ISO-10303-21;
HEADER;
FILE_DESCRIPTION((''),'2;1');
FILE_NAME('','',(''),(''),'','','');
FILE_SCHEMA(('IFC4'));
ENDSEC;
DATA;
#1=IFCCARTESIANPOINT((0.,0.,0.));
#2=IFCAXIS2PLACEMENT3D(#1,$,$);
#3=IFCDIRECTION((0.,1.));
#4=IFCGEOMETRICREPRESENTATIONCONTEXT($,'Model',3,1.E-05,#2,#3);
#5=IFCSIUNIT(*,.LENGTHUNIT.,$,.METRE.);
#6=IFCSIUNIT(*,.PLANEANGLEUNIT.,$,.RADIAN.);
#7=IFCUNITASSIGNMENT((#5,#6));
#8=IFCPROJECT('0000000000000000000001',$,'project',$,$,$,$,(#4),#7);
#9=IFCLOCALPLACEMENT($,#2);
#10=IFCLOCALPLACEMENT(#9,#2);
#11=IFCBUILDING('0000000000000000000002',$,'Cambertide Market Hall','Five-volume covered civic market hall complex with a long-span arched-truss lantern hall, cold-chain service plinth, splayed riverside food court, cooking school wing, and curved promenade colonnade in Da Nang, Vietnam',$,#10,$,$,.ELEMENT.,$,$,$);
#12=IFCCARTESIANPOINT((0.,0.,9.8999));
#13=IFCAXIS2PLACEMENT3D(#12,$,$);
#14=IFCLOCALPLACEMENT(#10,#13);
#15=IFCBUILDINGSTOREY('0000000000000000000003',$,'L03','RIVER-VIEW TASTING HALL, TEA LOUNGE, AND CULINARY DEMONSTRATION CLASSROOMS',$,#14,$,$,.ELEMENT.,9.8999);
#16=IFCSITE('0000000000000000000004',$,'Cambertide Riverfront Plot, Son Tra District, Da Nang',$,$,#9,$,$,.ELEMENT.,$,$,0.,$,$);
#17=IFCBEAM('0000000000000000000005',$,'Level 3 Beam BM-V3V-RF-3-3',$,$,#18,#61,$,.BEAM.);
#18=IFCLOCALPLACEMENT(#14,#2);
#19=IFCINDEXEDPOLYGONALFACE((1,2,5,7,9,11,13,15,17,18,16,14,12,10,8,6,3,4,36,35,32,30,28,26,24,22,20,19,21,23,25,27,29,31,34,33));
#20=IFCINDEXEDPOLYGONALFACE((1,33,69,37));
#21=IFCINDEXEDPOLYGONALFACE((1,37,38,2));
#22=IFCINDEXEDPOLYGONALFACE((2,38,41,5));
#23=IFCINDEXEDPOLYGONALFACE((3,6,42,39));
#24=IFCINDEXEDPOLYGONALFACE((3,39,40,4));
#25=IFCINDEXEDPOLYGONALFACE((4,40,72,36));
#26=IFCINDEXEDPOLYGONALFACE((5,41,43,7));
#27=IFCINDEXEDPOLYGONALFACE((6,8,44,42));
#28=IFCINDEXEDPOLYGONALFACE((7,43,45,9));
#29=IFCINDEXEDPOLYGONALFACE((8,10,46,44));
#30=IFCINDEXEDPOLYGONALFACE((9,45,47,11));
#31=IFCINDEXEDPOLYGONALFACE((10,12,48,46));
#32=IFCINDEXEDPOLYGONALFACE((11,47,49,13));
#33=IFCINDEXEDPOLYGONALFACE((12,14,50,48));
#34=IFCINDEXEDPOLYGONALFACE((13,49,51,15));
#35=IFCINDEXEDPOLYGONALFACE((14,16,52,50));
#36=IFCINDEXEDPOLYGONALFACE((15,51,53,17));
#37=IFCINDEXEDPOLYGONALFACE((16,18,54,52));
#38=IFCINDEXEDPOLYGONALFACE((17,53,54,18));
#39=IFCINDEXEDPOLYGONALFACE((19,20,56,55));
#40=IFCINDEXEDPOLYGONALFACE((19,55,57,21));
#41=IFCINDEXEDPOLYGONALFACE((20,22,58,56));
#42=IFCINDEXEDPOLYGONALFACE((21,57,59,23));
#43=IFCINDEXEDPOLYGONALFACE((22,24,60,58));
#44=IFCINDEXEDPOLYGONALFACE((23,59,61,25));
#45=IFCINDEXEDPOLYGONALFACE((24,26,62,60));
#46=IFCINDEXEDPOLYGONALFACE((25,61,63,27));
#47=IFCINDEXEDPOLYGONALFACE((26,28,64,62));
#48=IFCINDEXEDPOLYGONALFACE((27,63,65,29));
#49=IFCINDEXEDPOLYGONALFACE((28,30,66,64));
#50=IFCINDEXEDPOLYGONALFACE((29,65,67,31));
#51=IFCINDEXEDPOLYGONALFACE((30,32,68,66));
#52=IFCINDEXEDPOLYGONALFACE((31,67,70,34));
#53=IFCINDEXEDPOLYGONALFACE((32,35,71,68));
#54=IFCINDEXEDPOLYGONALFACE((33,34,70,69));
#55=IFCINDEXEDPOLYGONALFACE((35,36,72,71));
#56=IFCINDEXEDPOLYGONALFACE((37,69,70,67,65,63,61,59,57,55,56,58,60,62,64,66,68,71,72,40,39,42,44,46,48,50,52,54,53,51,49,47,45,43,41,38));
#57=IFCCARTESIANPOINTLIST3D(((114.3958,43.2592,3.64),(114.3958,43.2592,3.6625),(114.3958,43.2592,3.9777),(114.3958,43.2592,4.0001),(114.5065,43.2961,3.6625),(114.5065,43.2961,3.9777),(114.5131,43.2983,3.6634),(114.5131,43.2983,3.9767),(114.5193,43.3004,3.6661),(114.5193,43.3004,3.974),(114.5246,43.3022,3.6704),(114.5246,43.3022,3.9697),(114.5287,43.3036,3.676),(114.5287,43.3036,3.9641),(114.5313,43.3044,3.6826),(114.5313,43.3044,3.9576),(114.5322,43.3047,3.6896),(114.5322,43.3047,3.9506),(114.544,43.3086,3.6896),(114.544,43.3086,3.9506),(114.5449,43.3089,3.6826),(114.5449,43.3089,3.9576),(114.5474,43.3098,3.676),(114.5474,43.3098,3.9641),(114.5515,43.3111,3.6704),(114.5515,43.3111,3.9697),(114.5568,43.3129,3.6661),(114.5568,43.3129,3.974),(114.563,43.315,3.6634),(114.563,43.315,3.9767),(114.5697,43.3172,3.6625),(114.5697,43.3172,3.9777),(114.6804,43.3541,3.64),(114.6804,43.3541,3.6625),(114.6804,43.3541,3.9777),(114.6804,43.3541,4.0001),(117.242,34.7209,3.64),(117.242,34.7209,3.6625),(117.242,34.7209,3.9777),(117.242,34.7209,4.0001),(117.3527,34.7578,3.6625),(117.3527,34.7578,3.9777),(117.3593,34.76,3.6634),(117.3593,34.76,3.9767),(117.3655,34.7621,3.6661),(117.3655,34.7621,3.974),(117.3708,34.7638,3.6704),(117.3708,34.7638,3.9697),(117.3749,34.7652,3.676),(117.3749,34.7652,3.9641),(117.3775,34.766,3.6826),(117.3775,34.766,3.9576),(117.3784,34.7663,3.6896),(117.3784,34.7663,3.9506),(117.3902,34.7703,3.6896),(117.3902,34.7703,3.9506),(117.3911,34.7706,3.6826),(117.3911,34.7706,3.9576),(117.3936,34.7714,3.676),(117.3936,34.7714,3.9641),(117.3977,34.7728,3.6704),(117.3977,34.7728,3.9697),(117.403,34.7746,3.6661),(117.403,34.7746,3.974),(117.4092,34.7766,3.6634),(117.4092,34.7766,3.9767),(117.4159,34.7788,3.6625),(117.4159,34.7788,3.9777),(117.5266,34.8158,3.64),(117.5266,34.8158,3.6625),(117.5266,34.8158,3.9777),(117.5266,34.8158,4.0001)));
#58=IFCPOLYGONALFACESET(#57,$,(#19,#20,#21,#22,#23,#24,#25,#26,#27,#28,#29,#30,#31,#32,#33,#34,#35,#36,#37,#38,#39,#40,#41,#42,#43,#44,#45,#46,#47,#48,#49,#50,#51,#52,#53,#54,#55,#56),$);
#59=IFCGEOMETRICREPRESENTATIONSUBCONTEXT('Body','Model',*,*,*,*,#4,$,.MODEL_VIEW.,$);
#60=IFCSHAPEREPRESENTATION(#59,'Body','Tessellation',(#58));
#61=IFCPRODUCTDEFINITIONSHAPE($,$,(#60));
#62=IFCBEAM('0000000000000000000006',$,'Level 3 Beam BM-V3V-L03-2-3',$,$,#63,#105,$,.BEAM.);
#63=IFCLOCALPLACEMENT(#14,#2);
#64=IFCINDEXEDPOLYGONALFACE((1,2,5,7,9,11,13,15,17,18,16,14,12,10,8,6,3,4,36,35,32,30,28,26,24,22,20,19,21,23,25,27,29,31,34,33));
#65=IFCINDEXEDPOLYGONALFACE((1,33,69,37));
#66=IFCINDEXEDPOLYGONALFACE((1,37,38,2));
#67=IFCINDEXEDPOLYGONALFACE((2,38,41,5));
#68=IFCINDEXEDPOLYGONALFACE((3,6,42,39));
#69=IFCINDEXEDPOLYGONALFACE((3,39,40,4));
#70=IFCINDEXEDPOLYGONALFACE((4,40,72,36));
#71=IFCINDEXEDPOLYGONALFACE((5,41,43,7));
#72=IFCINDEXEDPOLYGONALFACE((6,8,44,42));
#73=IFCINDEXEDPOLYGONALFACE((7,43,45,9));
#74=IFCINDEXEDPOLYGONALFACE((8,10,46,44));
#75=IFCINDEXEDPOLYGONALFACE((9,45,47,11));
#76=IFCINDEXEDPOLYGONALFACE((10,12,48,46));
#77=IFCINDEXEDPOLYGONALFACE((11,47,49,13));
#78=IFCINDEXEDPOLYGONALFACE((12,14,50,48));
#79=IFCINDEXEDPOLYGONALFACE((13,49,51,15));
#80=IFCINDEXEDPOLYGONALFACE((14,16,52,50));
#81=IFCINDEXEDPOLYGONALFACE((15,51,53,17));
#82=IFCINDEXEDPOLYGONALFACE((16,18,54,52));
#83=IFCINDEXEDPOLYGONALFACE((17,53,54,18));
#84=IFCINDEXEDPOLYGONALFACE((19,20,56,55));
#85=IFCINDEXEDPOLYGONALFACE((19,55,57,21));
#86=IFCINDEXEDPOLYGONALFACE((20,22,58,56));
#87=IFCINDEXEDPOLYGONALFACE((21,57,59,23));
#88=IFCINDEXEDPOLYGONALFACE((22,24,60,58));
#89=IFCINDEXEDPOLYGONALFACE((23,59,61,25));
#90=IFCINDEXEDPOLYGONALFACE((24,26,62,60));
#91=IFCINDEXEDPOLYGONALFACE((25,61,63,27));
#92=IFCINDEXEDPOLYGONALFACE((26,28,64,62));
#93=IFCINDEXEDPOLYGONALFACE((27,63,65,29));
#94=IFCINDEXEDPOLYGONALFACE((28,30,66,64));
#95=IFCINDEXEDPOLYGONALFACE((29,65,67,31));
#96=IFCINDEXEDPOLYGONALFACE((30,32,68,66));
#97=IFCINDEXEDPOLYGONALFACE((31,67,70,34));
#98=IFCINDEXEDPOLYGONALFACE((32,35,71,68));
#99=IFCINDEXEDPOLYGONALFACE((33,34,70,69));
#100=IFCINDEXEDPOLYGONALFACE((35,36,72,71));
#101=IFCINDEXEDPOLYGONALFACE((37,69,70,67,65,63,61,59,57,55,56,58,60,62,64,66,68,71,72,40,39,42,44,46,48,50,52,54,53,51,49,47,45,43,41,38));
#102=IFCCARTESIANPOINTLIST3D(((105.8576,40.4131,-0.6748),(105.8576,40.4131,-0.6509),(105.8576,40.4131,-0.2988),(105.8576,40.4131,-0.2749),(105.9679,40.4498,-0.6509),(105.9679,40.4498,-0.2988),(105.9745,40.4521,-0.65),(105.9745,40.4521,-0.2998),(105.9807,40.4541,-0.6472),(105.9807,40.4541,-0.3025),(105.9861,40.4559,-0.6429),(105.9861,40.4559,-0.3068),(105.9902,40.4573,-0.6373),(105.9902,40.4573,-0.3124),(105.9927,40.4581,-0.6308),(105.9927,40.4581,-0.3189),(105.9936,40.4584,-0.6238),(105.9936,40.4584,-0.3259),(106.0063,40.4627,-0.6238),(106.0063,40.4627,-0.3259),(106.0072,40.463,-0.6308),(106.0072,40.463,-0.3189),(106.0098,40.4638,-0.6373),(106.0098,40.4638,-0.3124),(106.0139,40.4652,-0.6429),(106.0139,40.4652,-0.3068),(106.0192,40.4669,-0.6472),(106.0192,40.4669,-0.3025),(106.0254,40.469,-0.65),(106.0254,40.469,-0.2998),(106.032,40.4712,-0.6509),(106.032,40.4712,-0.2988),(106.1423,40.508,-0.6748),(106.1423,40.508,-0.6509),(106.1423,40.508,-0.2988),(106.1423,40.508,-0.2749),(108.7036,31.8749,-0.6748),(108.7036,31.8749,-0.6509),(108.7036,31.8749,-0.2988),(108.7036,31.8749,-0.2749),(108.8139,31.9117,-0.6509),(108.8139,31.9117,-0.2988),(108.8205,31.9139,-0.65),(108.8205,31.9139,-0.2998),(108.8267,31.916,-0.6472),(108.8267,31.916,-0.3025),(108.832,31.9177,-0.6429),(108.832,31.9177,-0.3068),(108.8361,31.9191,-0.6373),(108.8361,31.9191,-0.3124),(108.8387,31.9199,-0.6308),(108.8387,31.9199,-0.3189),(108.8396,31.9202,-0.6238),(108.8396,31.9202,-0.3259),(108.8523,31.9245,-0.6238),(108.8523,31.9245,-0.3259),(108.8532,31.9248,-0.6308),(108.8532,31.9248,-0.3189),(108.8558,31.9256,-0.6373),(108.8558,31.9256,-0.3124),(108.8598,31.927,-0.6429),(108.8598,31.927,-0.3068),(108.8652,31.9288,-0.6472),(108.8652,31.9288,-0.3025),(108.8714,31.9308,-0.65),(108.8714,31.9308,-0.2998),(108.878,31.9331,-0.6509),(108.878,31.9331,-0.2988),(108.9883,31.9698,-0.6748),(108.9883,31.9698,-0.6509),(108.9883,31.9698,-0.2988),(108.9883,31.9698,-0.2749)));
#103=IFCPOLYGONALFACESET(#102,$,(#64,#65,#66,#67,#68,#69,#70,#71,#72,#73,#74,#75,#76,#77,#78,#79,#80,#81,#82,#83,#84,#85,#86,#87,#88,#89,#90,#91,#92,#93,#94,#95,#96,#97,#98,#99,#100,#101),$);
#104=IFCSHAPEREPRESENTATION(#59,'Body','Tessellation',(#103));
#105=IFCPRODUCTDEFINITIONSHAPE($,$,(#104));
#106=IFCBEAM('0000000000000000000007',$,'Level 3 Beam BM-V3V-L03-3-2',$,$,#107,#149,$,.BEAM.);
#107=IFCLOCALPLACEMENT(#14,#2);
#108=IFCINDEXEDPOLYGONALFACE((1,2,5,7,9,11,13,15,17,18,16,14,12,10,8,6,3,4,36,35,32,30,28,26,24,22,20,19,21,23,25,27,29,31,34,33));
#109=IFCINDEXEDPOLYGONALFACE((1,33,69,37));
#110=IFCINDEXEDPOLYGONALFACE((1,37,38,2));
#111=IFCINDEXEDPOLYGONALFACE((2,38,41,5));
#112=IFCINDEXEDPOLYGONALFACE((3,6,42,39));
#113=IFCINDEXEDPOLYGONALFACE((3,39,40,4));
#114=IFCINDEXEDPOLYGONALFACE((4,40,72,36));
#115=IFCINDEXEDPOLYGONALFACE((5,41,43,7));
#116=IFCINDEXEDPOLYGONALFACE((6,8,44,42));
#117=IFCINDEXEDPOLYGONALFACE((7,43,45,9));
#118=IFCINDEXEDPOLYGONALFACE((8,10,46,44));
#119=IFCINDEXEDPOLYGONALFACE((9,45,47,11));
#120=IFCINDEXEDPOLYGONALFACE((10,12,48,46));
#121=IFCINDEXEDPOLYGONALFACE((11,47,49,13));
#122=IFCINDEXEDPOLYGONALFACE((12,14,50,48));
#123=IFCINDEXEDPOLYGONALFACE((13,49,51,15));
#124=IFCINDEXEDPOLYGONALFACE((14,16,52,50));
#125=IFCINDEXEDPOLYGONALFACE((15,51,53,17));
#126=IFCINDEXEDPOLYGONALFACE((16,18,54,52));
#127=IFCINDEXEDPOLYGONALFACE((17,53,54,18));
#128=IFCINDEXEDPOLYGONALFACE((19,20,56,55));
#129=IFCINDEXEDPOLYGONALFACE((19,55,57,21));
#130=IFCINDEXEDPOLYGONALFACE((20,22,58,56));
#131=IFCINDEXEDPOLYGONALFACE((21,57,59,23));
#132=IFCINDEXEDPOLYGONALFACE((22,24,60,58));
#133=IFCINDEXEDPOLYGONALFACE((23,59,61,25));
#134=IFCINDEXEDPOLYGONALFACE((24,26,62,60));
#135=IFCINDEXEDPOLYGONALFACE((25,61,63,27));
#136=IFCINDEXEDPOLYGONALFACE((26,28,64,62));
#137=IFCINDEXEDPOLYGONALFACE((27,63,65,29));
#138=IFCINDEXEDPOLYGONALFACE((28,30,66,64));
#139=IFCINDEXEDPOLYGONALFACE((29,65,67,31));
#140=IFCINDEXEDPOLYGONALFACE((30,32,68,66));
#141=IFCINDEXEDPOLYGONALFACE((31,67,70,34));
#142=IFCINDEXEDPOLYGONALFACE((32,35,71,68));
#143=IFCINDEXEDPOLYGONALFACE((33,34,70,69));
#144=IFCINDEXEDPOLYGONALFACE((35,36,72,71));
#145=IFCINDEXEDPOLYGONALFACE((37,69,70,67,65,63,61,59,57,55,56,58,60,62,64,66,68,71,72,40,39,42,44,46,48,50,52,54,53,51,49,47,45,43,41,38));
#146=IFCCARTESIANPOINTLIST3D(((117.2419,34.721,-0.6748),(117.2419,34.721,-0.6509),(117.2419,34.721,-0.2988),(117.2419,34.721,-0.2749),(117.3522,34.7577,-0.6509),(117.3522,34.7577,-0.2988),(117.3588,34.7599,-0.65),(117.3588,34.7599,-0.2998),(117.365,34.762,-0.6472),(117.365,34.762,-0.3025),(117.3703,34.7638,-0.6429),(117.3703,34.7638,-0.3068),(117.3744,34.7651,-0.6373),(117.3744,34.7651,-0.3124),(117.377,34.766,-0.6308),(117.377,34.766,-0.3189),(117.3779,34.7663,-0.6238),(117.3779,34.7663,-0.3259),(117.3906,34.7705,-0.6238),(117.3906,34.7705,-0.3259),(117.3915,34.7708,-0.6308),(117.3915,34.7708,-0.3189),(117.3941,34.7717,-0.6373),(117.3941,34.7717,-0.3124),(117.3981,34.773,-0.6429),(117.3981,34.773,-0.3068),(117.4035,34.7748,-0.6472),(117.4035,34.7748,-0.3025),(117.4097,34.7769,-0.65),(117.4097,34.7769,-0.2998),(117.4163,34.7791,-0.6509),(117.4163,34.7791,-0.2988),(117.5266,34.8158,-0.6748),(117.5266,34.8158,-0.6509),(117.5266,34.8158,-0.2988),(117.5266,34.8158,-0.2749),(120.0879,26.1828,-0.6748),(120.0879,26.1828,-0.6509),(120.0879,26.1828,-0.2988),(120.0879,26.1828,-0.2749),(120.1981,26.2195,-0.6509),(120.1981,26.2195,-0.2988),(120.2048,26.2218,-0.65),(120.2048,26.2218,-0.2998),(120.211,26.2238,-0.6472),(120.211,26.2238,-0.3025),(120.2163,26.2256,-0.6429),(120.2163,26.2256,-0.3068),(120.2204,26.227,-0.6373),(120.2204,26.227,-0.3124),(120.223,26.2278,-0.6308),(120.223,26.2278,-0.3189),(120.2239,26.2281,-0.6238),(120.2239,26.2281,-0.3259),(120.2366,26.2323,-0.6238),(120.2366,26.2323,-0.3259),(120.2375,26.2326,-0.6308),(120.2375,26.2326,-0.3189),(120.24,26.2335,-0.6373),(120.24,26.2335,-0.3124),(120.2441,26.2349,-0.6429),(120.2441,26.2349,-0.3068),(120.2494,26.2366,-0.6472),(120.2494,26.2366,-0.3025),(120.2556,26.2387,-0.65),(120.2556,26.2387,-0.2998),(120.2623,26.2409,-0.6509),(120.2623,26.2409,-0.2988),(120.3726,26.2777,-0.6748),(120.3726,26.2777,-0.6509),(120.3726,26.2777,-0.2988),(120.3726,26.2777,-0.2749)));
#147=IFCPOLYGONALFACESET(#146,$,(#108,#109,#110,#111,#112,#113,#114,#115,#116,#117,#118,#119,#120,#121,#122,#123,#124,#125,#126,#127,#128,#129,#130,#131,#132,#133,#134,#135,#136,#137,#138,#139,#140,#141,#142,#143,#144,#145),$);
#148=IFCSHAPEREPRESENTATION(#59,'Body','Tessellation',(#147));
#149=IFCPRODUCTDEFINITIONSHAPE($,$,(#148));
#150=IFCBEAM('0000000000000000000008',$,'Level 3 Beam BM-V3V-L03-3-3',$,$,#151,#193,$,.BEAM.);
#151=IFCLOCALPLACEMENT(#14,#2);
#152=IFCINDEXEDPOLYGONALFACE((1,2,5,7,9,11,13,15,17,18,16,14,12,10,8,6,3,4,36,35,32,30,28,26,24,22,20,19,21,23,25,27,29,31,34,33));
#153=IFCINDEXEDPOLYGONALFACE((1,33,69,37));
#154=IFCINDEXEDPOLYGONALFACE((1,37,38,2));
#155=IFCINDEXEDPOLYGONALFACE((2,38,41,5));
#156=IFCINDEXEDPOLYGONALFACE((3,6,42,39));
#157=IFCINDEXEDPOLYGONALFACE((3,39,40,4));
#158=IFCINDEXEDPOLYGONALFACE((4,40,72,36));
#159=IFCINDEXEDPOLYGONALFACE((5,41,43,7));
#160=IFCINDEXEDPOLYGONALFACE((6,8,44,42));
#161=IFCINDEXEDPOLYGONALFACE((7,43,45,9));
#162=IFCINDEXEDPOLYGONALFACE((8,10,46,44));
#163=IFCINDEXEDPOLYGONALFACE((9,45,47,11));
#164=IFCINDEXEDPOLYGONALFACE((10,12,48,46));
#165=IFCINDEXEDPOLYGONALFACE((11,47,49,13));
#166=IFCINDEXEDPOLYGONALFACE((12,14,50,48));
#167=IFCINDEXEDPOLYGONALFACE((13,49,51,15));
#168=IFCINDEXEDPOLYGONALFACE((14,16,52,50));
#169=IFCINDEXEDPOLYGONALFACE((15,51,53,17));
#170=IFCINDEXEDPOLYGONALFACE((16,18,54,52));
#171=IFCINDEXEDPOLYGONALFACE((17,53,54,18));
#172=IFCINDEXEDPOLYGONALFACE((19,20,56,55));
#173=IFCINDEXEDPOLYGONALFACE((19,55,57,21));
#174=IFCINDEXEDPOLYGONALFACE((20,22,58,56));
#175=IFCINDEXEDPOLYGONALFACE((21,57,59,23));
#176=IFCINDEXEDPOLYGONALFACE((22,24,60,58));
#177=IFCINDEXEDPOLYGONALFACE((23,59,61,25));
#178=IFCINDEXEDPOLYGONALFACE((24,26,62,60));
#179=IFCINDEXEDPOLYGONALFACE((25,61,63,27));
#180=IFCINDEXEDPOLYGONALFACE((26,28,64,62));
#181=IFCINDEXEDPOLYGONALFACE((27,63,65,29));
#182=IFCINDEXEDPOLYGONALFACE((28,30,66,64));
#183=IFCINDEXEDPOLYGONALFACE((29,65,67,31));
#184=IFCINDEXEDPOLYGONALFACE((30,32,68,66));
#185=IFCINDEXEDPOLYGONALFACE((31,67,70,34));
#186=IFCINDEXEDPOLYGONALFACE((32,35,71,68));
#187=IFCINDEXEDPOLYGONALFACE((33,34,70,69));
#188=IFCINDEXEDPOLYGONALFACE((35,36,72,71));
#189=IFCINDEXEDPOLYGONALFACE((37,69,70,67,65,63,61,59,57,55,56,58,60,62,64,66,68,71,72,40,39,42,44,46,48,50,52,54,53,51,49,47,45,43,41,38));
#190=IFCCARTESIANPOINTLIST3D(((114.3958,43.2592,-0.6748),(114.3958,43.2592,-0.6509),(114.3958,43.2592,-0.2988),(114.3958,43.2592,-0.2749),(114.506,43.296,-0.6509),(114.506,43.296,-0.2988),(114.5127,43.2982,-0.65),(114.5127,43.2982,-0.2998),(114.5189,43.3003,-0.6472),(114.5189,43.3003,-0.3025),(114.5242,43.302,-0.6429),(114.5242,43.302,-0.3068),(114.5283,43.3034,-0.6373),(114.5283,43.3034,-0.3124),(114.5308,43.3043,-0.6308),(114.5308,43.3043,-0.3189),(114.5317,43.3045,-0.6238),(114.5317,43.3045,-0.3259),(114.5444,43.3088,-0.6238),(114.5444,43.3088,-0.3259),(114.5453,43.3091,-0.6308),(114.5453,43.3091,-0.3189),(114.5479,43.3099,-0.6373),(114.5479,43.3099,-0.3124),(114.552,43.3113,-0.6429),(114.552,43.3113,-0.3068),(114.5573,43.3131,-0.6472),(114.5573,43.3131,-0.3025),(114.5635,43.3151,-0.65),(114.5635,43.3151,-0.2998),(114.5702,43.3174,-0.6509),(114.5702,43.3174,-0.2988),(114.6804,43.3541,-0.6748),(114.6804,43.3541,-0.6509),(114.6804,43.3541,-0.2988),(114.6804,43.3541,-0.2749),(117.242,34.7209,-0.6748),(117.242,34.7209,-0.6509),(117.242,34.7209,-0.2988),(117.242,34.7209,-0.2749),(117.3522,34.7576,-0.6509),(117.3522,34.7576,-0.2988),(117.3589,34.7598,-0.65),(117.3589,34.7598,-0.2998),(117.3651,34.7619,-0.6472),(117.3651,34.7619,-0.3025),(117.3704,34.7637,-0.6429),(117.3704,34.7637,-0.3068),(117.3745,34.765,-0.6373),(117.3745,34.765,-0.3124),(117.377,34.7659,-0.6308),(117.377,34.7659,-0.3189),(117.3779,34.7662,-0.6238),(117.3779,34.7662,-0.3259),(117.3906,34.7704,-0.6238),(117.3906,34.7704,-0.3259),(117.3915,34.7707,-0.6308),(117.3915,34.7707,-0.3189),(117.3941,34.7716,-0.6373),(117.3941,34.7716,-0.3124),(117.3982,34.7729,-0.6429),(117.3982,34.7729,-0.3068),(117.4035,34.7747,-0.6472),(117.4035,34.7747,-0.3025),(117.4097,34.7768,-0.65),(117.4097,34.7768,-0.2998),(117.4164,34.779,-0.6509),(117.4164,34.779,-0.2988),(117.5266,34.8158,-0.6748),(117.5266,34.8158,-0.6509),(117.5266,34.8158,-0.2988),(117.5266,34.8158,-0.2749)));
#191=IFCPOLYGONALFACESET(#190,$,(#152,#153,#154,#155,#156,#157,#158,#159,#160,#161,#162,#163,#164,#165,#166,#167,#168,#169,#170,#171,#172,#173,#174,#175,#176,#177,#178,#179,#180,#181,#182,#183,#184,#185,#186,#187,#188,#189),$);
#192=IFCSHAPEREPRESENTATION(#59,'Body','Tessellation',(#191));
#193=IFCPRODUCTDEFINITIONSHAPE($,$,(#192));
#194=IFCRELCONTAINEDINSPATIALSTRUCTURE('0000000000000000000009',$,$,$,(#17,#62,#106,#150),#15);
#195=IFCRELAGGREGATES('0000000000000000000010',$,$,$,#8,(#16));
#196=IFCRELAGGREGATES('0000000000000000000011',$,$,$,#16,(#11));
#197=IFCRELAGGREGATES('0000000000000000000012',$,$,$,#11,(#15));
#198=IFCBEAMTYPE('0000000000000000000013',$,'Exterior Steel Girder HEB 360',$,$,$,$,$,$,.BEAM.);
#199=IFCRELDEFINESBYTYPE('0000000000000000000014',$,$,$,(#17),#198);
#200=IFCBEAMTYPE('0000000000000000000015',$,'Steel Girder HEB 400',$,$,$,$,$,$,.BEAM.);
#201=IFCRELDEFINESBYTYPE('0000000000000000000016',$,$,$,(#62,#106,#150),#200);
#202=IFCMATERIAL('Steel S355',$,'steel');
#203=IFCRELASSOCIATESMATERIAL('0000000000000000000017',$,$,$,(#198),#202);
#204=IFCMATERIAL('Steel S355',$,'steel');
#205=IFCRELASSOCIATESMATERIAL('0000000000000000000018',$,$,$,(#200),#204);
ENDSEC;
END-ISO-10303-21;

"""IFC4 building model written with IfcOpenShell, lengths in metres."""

from ifc_helpers import new_model, si_unit, direction, frame, origin, origin_2d, place, context, subcontext, project, spatial, i_section, extrude, material, material_profile, profile_set, type_object, element, save


model = new_model("IFC4")

# Units and contexts
model_context = context("Model", 3, precision=1e-05, world=origin(), true_north=direction((0.0, 1.0)))
body_context = subcontext(model_context, "Body", "Model", "MODEL_VIEW")
ifc_project = project(units=[si_unit("LENGTHUNIT", "METRE"), si_unit("PLANEANGLEUNIT", "RADIAN")], contexts=[model_context])

# Site, building, storey
site_placement = place(None, origin())
site = spatial("IfcSite", under=ifc_project, at=site_placement, Name="Cambertide Riverfront Plot, Son Tra District, Da Nang", CompositionType="ELEMENT", RefElevation=0.0)
building_placement = place(site_placement, origin())
building = spatial("IfcBuilding", under=site, at=building_placement, Name="Cambertide Market Hall", Description="Five-volume covered civic market hall complex with a long-span arched-truss lantern hall, cold-chain service plinth, splayed riverside food court, cooking school wing, and curved promenade colonnade in Da Nang, Vietnam", CompositionType="ELEMENT")
storey_placement = place(building_placement, frame((0.0, 0.0, 9.8999)))
storey = spatial("IfcBuildingStorey", under=building, at=storey_placement, Name="L03", Description="RIVER-VIEW TASTING HALL, TEA LOUNGE, AND CULINARY DEMONSTRATION CLASSROOMS", CompositionType="ELEMENT", Elevation=9.8999)

# Beams
ifc_material_1 = material(Name="Steel S355", Category="steel")
ifc_material_profile_1 = material_profile(ifc_material_1, i_section(OverallWidth=0.3, OverallDepth=0.3601, WebThickness=0.0125, FlangeThickness=0.0225, FilletRadius=0.0271, at=origin_2d()), Name="HEB 360")
ifc_profile_set_1 = profile_set([ifc_material_profile_1], Name="Steel S355")
beam_type_1 = type_object("IfcBeamType", Name="Exterior Steel Girder HEB 360", PredefinedType="BEAM", material=ifc_profile_set_1)
beam_1_placement = place(storey_placement, frame((117.3843, 34.7683, 3.8201), z_axis=(-0.316236, 0.948681, 0.0), x_axis=(-0.948681, -0.316236, 0.0)))
element("IfcBeam", 1, at=beam_1_placement, inside=storey, type_object=beam_type_1, Name="Level 3 Beam BM-V3V-RF-3-3", PredefinedType="BEAM", context=body_context, shape_type="SweptSolid", body=[
    extrude(i_section(OverallWidth=0.3, OverallDepth=0.3601, WebThickness=0.0125, FlangeThickness=0.0225, FilletRadius=0.0271, at=origin_2d()), origin(), (0.0, 0.0, 1.0), 9.0002),
])
ifc_material_2 = material(Name="Steel S355", Category="steel")
ifc_material_profile_2 = material_profile(ifc_material_2, i_section(OverallWidth=0.3, OverallDepth=0.3999, WebThickness=0.0134, FlangeThickness=0.0239, FilletRadius=0.0271, at=origin_2d()), Name="HEB 400")
ifc_profile_set_2 = profile_set([ifc_material_profile_2], Name="Steel S355")
beam_type_2 = type_object("IfcBeamType", Name="Steel Girder HEB 400", PredefinedType="BEAM", material=ifc_profile_set_2)
for number, where, z_axis, x_axis, name in (
    (2, (108.8459, 31.9224, -0.4749), (-0.31622, 0.948686, 0.0), (-0.948686, -0.31622, 0.0), "Level 3 Beam BM-V3V-L03-2-3"),
    (3, (120.2302, 26.2302, -0.4749), (-0.31622, 0.948686, 0.0), (-0.948686, -0.31622, 0.0), "Level 3 Beam BM-V3V-L03-3-2"),
):
    element("IfcBeam", number, at=place(storey_placement, frame(where, z_axis=z_axis, x_axis=x_axis)), inside=storey, type_object=beam_type_2, Name=name, PredefinedType="BEAM", context=body_context, shape_type="SweptSolid", body=[
        extrude(i_section(OverallWidth=0.3, OverallDepth=0.3999, WebThickness=0.0134, FlangeThickness=0.0239, FilletRadius=0.0271, at=origin_2d()), origin(), (0.0, 0.0, 1.0), 9.0),
    ])
beam_2_placement = place(storey_placement, frame((117.3843, 34.7683, -0.4749), z_axis=(-0.316236, 0.948681, 0.0), x_axis=(-0.948681, -0.316236, 0.0)))
element("IfcBeam", 4, at=beam_2_placement, inside=storey, type_object=beam_type_2, Name="Level 3 Beam BM-V3V-L03-3-3", PredefinedType="BEAM", context=body_context, shape_type="SweptSolid", body=[
    extrude(i_section(OverallWidth=0.3, OverallDepth=0.3999, WebThickness=0.0134, FlangeThickness=0.0239, FilletRadius=0.0271, at=origin_2d()), origin(), (0.0, 0.0, 1.0), 9.0002),
])

save(model, "model.ifc")
